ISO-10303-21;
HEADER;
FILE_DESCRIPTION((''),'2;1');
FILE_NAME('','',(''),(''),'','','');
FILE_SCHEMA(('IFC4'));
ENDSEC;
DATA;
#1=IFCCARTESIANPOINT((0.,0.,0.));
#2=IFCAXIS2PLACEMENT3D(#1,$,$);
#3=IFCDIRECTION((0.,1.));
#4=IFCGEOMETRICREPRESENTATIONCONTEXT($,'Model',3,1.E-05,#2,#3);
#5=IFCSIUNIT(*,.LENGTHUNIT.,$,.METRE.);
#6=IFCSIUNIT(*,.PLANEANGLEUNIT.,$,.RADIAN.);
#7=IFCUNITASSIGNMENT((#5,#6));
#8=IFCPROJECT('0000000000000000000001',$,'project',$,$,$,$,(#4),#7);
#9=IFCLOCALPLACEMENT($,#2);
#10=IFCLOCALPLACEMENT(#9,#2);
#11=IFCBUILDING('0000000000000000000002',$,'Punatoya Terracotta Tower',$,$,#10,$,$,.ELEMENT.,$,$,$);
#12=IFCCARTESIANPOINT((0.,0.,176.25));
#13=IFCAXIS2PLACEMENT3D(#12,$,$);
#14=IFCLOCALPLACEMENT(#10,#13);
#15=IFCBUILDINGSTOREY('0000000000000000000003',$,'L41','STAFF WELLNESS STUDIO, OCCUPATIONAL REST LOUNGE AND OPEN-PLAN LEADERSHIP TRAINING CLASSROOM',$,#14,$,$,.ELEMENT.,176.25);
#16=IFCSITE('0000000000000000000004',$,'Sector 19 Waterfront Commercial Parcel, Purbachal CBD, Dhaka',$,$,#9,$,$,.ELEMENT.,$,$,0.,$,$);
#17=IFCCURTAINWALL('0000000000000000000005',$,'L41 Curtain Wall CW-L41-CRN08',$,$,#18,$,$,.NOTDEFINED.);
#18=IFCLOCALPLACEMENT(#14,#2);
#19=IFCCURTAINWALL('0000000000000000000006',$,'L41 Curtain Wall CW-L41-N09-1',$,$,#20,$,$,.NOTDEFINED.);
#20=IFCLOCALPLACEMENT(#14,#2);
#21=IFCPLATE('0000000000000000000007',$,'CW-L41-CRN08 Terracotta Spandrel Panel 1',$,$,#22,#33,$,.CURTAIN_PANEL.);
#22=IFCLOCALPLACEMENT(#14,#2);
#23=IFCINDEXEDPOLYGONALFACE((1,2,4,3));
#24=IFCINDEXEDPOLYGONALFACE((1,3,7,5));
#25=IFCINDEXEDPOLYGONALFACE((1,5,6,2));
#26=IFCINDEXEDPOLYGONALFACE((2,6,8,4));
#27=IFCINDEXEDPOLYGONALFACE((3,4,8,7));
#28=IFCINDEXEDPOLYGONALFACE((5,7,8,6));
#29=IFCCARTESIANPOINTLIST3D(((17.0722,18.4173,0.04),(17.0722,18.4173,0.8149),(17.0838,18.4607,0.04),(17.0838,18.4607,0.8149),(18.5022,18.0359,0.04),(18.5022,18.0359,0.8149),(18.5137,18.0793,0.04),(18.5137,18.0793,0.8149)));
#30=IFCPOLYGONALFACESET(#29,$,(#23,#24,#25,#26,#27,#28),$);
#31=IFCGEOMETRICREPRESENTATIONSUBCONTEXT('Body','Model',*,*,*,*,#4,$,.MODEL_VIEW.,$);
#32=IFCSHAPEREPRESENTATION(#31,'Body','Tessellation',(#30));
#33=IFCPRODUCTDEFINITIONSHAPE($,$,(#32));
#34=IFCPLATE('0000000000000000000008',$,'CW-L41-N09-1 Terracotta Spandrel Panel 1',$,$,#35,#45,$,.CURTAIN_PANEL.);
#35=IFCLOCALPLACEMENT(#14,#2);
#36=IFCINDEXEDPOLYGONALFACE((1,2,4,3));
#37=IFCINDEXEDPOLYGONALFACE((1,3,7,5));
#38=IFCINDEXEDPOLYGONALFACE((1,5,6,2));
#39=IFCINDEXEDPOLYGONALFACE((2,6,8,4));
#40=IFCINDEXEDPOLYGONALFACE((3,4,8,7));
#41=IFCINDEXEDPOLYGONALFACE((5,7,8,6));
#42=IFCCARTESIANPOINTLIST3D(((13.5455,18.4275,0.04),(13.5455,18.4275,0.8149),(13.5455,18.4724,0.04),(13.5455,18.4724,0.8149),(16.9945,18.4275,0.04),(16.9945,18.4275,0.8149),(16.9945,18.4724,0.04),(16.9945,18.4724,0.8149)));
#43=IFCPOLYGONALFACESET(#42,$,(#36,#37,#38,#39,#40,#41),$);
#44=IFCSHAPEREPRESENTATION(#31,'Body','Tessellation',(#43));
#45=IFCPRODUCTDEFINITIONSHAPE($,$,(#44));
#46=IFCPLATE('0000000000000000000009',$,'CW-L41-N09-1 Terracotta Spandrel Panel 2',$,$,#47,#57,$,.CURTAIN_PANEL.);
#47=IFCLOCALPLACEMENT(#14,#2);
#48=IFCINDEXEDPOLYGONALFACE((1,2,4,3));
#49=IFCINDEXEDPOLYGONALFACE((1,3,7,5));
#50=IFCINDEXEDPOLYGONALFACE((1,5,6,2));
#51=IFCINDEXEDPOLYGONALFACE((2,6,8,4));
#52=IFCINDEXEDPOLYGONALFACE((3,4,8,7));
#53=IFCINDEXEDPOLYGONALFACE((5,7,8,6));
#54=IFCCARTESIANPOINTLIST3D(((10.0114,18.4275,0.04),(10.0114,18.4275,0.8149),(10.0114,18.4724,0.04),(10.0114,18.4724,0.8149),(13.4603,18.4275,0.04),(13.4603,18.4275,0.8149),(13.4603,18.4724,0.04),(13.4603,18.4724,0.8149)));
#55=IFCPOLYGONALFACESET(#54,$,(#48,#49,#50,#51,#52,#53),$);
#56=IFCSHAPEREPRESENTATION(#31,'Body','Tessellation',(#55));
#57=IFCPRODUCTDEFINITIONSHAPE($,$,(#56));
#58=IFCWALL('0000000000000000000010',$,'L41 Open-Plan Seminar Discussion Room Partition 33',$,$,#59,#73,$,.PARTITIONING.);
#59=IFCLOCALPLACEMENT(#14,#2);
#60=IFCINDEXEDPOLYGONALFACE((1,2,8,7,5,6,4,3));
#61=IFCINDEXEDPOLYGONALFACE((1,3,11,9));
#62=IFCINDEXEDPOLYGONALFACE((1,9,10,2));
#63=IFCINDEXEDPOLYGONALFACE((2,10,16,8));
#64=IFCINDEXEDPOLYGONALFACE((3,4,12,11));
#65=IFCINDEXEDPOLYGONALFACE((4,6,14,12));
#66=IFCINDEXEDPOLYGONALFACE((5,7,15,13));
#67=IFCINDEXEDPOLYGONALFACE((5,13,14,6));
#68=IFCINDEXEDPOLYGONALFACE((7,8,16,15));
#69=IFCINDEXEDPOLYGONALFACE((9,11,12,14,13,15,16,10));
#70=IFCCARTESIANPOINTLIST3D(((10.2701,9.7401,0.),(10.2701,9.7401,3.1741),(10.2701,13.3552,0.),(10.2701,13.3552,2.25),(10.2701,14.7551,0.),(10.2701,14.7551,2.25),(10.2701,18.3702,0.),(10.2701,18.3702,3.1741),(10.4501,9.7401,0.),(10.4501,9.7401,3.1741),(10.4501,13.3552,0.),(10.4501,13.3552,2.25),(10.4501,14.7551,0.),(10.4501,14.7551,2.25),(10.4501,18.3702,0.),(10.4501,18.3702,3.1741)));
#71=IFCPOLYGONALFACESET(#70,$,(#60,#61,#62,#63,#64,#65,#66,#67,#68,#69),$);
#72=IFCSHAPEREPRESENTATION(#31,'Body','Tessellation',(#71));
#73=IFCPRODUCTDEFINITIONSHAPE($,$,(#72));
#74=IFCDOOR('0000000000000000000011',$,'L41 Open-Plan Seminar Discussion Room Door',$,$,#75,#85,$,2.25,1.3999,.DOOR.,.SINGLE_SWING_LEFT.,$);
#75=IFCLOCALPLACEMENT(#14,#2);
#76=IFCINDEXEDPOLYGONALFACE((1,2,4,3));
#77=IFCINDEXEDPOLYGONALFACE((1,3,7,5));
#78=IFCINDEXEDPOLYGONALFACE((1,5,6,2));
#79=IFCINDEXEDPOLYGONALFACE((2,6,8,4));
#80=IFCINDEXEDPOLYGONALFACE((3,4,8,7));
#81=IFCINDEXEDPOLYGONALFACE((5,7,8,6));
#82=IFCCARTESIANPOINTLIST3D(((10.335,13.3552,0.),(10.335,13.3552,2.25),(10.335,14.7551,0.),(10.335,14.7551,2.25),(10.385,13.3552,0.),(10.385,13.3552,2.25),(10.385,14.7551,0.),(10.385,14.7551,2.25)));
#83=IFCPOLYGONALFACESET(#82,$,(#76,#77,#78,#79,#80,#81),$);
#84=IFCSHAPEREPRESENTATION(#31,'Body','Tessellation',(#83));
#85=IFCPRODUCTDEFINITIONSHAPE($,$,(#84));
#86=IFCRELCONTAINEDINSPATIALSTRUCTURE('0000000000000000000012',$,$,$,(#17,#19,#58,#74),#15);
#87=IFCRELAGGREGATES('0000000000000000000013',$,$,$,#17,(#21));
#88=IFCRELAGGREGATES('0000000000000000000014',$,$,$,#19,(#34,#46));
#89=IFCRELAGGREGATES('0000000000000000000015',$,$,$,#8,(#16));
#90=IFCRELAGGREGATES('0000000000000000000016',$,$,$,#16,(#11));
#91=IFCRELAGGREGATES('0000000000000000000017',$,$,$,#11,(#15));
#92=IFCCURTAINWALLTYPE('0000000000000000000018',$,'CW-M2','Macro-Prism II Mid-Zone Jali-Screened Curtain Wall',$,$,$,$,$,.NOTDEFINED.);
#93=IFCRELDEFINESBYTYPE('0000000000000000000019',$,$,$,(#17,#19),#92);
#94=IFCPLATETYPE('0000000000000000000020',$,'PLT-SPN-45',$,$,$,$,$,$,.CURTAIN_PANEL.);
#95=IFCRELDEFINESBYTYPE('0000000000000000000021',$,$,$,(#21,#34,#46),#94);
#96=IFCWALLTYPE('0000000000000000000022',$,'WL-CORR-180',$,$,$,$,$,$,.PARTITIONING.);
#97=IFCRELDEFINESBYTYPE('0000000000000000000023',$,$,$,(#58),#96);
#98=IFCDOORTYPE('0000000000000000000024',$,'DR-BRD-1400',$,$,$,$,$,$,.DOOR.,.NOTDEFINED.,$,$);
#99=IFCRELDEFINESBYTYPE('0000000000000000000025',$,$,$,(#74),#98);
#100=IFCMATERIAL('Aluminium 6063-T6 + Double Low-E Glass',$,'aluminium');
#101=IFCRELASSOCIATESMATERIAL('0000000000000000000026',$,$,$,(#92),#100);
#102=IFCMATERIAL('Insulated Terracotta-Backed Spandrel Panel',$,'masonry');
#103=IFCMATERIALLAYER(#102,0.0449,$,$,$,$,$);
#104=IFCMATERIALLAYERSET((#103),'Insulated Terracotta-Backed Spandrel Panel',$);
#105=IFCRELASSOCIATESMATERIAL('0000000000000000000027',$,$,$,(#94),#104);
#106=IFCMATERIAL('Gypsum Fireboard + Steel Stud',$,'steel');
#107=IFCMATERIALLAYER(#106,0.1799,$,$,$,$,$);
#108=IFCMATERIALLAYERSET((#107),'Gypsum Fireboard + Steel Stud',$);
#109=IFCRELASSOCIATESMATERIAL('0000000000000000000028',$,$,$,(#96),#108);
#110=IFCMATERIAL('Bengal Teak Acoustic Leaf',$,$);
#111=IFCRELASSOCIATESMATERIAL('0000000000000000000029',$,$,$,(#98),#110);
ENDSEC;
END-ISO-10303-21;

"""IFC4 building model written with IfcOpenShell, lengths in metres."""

from ifc_helpers import new_model, si_unit, direction, frame, frame_2d, origin, origin_2d, place, context, subcontext, project, spatial, rectangle, extrude, material, layer, layer_set, type_object, element, fill, aggregate, save


model = new_model("IFC4")

# Units and contexts
model_context = context("Model", 3, precision=1e-05, world=origin(), true_north=direction((0.0, 1.0)))
body_context = subcontext(model_context, "Body", "Model", "MODEL_VIEW")
ifc_project = project(units=[si_unit("LENGTHUNIT", "METRE"), si_unit("PLANEANGLEUNIT", "RADIAN")], contexts=[model_context])

# Site, building, storey
site_placement = place(None, origin())
site = spatial("IfcSite", under=ifc_project, at=site_placement, Name="Sector 19 Waterfront Commercial Parcel, Purbachal CBD, Dhaka", CompositionType="ELEMENT", RefElevation=0.0)
building_placement = place(site_placement, origin())
building = spatial("IfcBuilding", under=site, at=building_placement, Name="Punatoya Terracotta Tower", CompositionType="ELEMENT")
storey_placement = place(building_placement, frame((0.0, 0.0, 176.25)))
storey = spatial("IfcBuildingStorey", under=building, at=storey_placement, Name="L41", Description="STAFF WELLNESS STUDIO, OCCUPATIONAL REST LOUNGE AND OPEN-PLAN LEADERSHIP TRAINING CLASSROOM", CompositionType="ELEMENT", Elevation=176.25)

# Shared definitions
ifc_material_1 = material(Name="Aluminium 6063-T6 + Double Low-E Glass", Category="aluminium")
curtain_wall_type = type_object("IfcCurtainWallType", Name="CW-M2", Description="Macro-Prism II Mid-Zone Jali-Screened Curtain Wall", PredefinedType="NOTDEFINED", material=ifc_material_1)

# Curtain walls
curtain_wall_1_placement = place(storey_placement, origin())
curtain_wall_1 = element("IfcCurtainWall", 1, at=curtain_wall_1_placement, inside=storey, type_object=curtain_wall_type, Name="L41 Curtain Wall CW-L41-CRN08", PredefinedType="NOTDEFINED")
curtain_wall_2_placement = place(storey_placement, origin())
curtain_wall_2 = element("IfcCurtainWall", 2, at=curtain_wall_2_placement, inside=storey, type_object=curtain_wall_type, Name="L41 Curtain Wall CW-L41-N09-1", PredefinedType="NOTDEFINED")

# Plates
ifc_material_2 = material(Name="Insulated Terracotta-Backed Spandrel Panel", Category="masonry")
ifc_layer_1 = layer(ifc_material_2, 0.0449)
ifc_layer_set_1 = layer_set([ifc_layer_1], Name="Insulated Terracotta-Backed Spandrel Panel")
plate_type_1 = type_object("IfcPlateType", Name="PLT-SPN-45", PredefinedType="CURTAIN_PANEL", material=ifc_layer_set_1)
plate_1_placement = place(storey_placement, frame((17.793, 18.2483, 0.04), z_axis=(0.0, 0.0, 1.0), x_axis=(-0.966214, 0.257742, 0.0)))
plate_1 = element("IfcPlate", 3, at=plate_1_placement, type_object=plate_type_1, Name="CW-L41-CRN08 Terracotta Spandrel Panel 1", PredefinedType="CURTAIN_PANEL", context=body_context, shape_type="SweptSolid", body=[
    extrude(rectangle(XDim=1.48, YDim=0.0449, at=origin_2d()), origin(), (0.0, 0.0, 1.0), 0.7749),
])
aggregate(curtain_wall_1, [plate_1])
plate_2_placement = place(storey_placement, frame((15.27, 18.45, 0.04), z_axis=(0.0, 0.0, 1.0), x_axis=(-1.0, 0.0, 0.0)))
plate_2 = element("IfcPlate", 4, at=plate_2_placement, type_object=plate_type_1, Name="CW-L41-N09-1 Terracotta Spandrel Panel 1", PredefinedType="CURTAIN_PANEL", context=body_context, shape_type="SweptSolid", body=[
    extrude(rectangle(XDim=3.449, YDim=0.0449, at=origin_2d()), origin(), (0.0, 0.0, 1.0), 0.7749),
])
plate_3_placement = place(storey_placement, frame((11.7358, 18.45, 0.04), z_axis=(0.0, 0.0, 1.0), x_axis=(-1.0, 0.0, 0.0)))
plate_3 = element("IfcPlate", 5, at=plate_3_placement, type_object=plate_type_1, Name="CW-L41-N09-1 Terracotta Spandrel Panel 2", PredefinedType="CURTAIN_PANEL", context=body_context, shape_type="SweptSolid", body=[
    extrude(rectangle(XDim=3.449, YDim=0.0449, at=origin_2d()), origin(), (0.0, 0.0, 1.0), 0.7749),
])
aggregate(curtain_wall_2, [plate_2, plate_3])

# Wall, opening, door
ifc_material_3 = material(Name="Gypsum Fireboard + Steel Stud", Category="steel")
ifc_layer_2 = layer(ifc_material_3, 0.1799)
ifc_layer_set_2 = layer_set([ifc_layer_2], Name="Gypsum Fireboard + Steel Stud")
wall_type = type_object("IfcWallType", Name="WL-CORR-180", PredefinedType="PARTITIONING", material=ifc_layer_set_2)
wall_placement = place(storey_placement, frame((10.3601, 18.3701, 0.0), z_axis=(0.0, 0.0, 1.0), x_axis=(0.0, -1.0, 0.0)))
wall = element("IfcWall", 6, at=wall_placement, inside=storey, type_object=wall_type, Name="L41 Open-Plan Seminar Discussion Room Partition 33", PredefinedType="PARTITIONING", context=body_context, shape_type="SweptSolid", body=[
    extrude(rectangle(XDim=8.6301, YDim=0.1799, at=frame_2d((4.3149, 0.0))), origin(), (0.0, 0.0, 1.0), 3.1741),
])
opening_placement = place(wall_placement, frame((3.615, 0.0, 0.0)))
opening = element("IfcOpeningElement", 7, at=opening_placement, cuts=wall, PredefinedType="OPENING", context=body_context, shape_type="SweptSolid", body=[
    extrude(rectangle(XDim=1.3999, YDim=2.25, at=frame_2d((0.7, 1.125))), frame((0.0, 0.0999, 0.0), z_axis=(0.0, -1.0, 0.0), x_axis=(1.0, 0.0, 0.0)), (0.0, 0.0, 1.0), 0.2),
])
ifc_material_4 = material(Name="Bengal Teak Acoustic Leaf")
door_type = type_object("IfcDoorType", Name="DR-BRD-1400", OperationType="NOTDEFINED", PredefinedType="DOOR", material=ifc_material_4)
door_placement = place(opening_placement, origin())
door = element("IfcDoor", 8, at=door_placement, inside=storey, type_object=door_type, Name="L41 Open-Plan Seminar Discussion Room Door", OperationType="SINGLE_SWING_LEFT", OverallHeight=2.25, OverallWidth=1.3999, PredefinedType="DOOR", context=body_context, shape_type="SweptSolid", body=[
    extrude(rectangle(XDim=1.3999, YDim=2.25, at=frame_2d((0.7, 1.125))), frame((0.0, 0.0249, 0.0), z_axis=(0.0, -1.0, 0.0), x_axis=(1.0, 0.0, 0.0)), (0.0, 0.0, 1.0), 0.05),
])
fill(opening, door)

save(model, "model.ifc")
